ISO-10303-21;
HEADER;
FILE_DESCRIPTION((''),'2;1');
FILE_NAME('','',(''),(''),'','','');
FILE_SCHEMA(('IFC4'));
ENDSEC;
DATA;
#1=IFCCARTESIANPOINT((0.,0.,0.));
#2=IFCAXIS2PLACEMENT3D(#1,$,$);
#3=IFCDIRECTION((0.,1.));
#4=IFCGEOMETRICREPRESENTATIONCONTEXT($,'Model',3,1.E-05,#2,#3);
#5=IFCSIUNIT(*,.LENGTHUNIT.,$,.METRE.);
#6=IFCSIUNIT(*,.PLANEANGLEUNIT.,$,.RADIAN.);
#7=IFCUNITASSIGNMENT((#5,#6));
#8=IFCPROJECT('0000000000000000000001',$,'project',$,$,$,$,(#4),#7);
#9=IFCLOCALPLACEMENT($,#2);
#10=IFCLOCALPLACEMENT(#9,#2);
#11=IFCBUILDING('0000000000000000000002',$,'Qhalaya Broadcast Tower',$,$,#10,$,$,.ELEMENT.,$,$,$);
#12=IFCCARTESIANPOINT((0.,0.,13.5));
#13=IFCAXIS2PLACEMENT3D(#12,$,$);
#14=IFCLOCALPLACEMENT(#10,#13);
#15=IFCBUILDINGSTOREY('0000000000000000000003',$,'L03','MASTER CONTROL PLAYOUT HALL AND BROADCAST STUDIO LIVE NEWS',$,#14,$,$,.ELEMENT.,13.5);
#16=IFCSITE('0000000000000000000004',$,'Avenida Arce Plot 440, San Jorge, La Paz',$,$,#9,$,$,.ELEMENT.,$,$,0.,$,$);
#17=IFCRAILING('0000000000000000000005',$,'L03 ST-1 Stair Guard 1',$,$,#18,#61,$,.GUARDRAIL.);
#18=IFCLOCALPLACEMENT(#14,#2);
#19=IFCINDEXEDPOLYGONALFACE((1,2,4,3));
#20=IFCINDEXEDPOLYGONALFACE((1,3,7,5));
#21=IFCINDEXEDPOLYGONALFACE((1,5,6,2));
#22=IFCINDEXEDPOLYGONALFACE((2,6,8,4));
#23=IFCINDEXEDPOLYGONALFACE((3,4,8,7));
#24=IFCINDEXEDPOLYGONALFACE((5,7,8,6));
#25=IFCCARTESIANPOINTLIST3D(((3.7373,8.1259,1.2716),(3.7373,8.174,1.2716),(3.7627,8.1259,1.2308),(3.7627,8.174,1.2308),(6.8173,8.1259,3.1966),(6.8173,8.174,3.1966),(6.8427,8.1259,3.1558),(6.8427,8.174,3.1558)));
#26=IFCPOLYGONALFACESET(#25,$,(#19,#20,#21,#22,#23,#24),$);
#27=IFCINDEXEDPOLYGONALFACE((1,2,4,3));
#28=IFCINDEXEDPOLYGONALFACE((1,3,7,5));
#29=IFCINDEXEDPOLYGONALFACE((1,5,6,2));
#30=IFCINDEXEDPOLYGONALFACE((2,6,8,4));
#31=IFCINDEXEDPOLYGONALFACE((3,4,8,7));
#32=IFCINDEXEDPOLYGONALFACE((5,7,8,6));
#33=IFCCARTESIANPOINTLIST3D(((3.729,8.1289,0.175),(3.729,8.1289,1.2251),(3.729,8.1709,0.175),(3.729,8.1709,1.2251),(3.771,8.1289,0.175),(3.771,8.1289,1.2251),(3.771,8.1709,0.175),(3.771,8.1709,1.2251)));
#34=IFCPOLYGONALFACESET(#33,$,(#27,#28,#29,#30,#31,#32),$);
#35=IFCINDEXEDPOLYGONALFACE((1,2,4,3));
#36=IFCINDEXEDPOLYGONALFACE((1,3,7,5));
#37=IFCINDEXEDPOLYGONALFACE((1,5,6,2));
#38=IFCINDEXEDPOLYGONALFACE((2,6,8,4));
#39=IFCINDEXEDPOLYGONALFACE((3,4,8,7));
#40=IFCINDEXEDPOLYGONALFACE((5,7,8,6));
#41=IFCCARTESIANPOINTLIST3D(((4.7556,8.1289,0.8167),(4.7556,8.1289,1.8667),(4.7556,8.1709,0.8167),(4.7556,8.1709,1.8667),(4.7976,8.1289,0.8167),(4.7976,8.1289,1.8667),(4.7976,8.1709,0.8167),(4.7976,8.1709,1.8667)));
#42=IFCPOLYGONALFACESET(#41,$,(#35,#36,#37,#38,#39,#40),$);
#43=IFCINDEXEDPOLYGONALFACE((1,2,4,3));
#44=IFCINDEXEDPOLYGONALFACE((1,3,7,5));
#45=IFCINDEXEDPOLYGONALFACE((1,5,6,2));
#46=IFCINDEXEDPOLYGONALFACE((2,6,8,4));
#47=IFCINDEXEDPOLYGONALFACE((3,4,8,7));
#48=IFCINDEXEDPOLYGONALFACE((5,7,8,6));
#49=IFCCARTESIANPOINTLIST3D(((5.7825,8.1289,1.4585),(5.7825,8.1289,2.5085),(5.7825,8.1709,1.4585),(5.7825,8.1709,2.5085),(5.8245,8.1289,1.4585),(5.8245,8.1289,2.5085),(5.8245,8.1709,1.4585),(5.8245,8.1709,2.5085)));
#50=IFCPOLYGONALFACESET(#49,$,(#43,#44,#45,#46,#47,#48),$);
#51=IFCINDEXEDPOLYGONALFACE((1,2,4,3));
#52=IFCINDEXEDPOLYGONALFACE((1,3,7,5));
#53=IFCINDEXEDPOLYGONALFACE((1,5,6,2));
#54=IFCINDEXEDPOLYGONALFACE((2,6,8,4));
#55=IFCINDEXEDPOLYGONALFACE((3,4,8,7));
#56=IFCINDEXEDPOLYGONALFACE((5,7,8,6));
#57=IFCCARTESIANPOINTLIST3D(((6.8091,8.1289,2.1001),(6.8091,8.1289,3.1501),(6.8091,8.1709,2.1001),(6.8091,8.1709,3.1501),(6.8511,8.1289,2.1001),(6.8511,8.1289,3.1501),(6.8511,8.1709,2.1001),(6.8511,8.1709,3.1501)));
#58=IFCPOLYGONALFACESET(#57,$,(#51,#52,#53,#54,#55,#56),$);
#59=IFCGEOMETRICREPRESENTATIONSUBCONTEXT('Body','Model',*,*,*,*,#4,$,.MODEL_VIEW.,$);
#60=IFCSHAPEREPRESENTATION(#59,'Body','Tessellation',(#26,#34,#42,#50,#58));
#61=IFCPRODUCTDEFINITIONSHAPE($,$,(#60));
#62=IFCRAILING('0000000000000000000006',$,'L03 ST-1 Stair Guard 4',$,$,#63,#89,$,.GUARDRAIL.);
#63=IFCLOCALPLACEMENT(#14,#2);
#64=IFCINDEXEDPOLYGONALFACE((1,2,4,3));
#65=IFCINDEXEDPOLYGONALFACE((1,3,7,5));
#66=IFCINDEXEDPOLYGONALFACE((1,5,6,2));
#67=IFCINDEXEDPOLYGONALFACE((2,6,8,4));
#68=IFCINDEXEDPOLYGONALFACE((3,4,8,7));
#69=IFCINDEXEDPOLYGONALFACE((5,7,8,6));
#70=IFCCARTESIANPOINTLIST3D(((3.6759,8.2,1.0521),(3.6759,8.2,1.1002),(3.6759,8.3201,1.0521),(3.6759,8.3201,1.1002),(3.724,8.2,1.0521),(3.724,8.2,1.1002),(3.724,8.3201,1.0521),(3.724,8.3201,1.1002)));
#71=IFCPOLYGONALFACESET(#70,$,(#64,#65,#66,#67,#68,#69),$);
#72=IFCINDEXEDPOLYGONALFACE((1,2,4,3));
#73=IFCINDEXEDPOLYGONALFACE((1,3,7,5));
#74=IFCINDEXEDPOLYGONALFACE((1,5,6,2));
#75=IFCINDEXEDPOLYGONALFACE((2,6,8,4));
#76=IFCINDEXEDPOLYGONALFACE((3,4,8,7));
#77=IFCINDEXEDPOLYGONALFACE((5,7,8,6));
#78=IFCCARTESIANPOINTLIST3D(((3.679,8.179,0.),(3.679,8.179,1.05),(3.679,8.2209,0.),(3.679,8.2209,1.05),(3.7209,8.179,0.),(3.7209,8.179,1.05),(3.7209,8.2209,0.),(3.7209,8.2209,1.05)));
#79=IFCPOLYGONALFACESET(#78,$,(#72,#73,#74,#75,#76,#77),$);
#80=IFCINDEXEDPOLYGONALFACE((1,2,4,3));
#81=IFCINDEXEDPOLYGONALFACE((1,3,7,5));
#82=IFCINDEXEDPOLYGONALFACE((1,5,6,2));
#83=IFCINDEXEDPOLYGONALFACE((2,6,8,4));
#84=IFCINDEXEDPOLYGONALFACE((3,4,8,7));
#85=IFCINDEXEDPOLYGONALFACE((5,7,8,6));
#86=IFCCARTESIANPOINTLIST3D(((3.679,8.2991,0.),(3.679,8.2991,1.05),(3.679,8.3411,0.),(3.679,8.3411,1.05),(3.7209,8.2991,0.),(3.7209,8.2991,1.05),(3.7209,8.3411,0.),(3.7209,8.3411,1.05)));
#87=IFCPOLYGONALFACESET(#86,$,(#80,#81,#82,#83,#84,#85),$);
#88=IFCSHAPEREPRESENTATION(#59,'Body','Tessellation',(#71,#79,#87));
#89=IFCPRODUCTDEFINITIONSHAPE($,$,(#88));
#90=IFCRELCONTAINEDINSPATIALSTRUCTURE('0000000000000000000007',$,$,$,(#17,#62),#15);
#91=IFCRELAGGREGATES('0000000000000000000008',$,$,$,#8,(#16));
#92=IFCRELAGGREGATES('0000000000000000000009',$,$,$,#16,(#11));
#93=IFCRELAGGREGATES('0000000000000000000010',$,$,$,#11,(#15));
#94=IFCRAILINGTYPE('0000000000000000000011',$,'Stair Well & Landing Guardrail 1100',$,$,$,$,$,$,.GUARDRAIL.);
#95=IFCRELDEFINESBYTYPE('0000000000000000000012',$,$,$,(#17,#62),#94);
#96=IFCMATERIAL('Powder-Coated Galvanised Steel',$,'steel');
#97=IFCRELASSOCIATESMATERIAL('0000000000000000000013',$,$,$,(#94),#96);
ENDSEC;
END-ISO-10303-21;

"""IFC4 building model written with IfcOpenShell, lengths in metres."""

from ifc_helpers import new_model, si_unit, direction, frame, origin, origin_2d, place, context, subcontext, project, spatial, rectangle, extrude, material, type_object, element, save


model = new_model("IFC4")

# Units and contexts
model_context = context("Model", 3, precision=1e-05, world=origin(), true_north=direction((0.0, 1.0)))
body_context = subcontext(model_context, "Body", "Model", "MODEL_VIEW")
ifc_project = project(units=[si_unit("LENGTHUNIT", "METRE"), si_unit("PLANEANGLEUNIT", "RADIAN")], contexts=[model_context])

# Site, building, storey
site_placement = place(None, origin())
site = spatial("IfcSite", under=ifc_project, at=site_placement, Name="Avenida Arce Plot 440, San Jorge, La Paz", CompositionType="ELEMENT", RefElevation=0.0)
building_placement = place(site_placement, origin())
building = spatial("IfcBuilding", under=site, at=building_placement, Name="Qhalaya Broadcast Tower", CompositionType="ELEMENT")
storey_placement = place(building_placement, frame((0.0, 0.0, 13.5)))
storey = spatial("IfcBuildingStorey", under=building, at=storey_placement, Name="L03", Description="MASTER CONTROL PLAYOUT HALL AND BROADCAST STUDIO LIVE NEWS", CompositionType="ELEMENT", Elevation=13.5)

# Railings
ifc_material_1 = material(Name="Powder-Coated Galvanised Steel", Category="steel")
railing_type_1 = type_object("IfcRailingType", Name="Stair Well & Landing Guardrail 1100", PredefinedType="GUARDRAIL", material=ifc_material_1)
railing_1_placement = place(storey_placement, frame((3.75, 8.1499, 0.175)))
element("IfcRailing", 1, at=railing_1_placement, inside=storey, type_object=railing_type_1, Name="L03 ST-1 Stair Guard 1", PredefinedType="GUARDRAIL", context=body_context, shape_type="SweptSolid", body=[
    extrude(rectangle(XDim=0.0481, YDim=0.0481, at=origin_2d()), frame((0.0, 0.0, 1.0762), z_axis=(0.847998, 0.0, 0.529999), x_axis=(0.0, 1.0, 0.0)), (0.0, 0.0, 1.0), 3.6321),
    extrude(rectangle(XDim=0.042, YDim=0.042, at=origin_2d()), origin(), (0.0, 0.0, 1.0), 1.05),
    extrude(rectangle(XDim=0.042, YDim=0.042, at=origin_2d()), frame((1.0266, 0.0, 0.6416)), (0.0, 0.0, 1.0), 1.05),
    extrude(rectangle(XDim=0.042, YDim=0.042, at=origin_2d()), frame((2.0535, 0.0, 1.2834)), (0.0, 0.0, 1.0), 1.05),
    extrude(rectangle(XDim=0.042, YDim=0.042, at=origin_2d()), frame((3.0801, 0.0, 1.925)), (0.0, 0.0, 1.0), 1.05),
])
railing_2_placement = place(storey_placement, frame((3.7, 8.2, 0.0)))
element("IfcRailing", 2, at=railing_2_placement, inside=storey, type_object=railing_type_1, Name="L03 ST-1 Stair Guard 4", PredefinedType="GUARDRAIL", context=body_context, shape_type="SweptSolid", body=[
    extrude(rectangle(XDim=0.0481, YDim=0.0481, at=origin_2d()), frame((0.0, 0.0, 1.0762), z_axis=(0.0, 1.0, 0.0), x_axis=(-1.0, 0.0, 0.0)), (0.0, 0.0, 1.0), 0.1201),
    extrude(rectangle(XDim=0.042, YDim=0.042, at=origin_2d()), origin(), (0.0, 0.0, 1.0), 1.05),
    extrude(rectangle(XDim=0.042, YDim=0.042, at=origin_2d()), frame((0.0, 0.1201, 0.0)), (0.0, 0.0, 1.0), 1.05),
])

save(model, "model.ifc")
